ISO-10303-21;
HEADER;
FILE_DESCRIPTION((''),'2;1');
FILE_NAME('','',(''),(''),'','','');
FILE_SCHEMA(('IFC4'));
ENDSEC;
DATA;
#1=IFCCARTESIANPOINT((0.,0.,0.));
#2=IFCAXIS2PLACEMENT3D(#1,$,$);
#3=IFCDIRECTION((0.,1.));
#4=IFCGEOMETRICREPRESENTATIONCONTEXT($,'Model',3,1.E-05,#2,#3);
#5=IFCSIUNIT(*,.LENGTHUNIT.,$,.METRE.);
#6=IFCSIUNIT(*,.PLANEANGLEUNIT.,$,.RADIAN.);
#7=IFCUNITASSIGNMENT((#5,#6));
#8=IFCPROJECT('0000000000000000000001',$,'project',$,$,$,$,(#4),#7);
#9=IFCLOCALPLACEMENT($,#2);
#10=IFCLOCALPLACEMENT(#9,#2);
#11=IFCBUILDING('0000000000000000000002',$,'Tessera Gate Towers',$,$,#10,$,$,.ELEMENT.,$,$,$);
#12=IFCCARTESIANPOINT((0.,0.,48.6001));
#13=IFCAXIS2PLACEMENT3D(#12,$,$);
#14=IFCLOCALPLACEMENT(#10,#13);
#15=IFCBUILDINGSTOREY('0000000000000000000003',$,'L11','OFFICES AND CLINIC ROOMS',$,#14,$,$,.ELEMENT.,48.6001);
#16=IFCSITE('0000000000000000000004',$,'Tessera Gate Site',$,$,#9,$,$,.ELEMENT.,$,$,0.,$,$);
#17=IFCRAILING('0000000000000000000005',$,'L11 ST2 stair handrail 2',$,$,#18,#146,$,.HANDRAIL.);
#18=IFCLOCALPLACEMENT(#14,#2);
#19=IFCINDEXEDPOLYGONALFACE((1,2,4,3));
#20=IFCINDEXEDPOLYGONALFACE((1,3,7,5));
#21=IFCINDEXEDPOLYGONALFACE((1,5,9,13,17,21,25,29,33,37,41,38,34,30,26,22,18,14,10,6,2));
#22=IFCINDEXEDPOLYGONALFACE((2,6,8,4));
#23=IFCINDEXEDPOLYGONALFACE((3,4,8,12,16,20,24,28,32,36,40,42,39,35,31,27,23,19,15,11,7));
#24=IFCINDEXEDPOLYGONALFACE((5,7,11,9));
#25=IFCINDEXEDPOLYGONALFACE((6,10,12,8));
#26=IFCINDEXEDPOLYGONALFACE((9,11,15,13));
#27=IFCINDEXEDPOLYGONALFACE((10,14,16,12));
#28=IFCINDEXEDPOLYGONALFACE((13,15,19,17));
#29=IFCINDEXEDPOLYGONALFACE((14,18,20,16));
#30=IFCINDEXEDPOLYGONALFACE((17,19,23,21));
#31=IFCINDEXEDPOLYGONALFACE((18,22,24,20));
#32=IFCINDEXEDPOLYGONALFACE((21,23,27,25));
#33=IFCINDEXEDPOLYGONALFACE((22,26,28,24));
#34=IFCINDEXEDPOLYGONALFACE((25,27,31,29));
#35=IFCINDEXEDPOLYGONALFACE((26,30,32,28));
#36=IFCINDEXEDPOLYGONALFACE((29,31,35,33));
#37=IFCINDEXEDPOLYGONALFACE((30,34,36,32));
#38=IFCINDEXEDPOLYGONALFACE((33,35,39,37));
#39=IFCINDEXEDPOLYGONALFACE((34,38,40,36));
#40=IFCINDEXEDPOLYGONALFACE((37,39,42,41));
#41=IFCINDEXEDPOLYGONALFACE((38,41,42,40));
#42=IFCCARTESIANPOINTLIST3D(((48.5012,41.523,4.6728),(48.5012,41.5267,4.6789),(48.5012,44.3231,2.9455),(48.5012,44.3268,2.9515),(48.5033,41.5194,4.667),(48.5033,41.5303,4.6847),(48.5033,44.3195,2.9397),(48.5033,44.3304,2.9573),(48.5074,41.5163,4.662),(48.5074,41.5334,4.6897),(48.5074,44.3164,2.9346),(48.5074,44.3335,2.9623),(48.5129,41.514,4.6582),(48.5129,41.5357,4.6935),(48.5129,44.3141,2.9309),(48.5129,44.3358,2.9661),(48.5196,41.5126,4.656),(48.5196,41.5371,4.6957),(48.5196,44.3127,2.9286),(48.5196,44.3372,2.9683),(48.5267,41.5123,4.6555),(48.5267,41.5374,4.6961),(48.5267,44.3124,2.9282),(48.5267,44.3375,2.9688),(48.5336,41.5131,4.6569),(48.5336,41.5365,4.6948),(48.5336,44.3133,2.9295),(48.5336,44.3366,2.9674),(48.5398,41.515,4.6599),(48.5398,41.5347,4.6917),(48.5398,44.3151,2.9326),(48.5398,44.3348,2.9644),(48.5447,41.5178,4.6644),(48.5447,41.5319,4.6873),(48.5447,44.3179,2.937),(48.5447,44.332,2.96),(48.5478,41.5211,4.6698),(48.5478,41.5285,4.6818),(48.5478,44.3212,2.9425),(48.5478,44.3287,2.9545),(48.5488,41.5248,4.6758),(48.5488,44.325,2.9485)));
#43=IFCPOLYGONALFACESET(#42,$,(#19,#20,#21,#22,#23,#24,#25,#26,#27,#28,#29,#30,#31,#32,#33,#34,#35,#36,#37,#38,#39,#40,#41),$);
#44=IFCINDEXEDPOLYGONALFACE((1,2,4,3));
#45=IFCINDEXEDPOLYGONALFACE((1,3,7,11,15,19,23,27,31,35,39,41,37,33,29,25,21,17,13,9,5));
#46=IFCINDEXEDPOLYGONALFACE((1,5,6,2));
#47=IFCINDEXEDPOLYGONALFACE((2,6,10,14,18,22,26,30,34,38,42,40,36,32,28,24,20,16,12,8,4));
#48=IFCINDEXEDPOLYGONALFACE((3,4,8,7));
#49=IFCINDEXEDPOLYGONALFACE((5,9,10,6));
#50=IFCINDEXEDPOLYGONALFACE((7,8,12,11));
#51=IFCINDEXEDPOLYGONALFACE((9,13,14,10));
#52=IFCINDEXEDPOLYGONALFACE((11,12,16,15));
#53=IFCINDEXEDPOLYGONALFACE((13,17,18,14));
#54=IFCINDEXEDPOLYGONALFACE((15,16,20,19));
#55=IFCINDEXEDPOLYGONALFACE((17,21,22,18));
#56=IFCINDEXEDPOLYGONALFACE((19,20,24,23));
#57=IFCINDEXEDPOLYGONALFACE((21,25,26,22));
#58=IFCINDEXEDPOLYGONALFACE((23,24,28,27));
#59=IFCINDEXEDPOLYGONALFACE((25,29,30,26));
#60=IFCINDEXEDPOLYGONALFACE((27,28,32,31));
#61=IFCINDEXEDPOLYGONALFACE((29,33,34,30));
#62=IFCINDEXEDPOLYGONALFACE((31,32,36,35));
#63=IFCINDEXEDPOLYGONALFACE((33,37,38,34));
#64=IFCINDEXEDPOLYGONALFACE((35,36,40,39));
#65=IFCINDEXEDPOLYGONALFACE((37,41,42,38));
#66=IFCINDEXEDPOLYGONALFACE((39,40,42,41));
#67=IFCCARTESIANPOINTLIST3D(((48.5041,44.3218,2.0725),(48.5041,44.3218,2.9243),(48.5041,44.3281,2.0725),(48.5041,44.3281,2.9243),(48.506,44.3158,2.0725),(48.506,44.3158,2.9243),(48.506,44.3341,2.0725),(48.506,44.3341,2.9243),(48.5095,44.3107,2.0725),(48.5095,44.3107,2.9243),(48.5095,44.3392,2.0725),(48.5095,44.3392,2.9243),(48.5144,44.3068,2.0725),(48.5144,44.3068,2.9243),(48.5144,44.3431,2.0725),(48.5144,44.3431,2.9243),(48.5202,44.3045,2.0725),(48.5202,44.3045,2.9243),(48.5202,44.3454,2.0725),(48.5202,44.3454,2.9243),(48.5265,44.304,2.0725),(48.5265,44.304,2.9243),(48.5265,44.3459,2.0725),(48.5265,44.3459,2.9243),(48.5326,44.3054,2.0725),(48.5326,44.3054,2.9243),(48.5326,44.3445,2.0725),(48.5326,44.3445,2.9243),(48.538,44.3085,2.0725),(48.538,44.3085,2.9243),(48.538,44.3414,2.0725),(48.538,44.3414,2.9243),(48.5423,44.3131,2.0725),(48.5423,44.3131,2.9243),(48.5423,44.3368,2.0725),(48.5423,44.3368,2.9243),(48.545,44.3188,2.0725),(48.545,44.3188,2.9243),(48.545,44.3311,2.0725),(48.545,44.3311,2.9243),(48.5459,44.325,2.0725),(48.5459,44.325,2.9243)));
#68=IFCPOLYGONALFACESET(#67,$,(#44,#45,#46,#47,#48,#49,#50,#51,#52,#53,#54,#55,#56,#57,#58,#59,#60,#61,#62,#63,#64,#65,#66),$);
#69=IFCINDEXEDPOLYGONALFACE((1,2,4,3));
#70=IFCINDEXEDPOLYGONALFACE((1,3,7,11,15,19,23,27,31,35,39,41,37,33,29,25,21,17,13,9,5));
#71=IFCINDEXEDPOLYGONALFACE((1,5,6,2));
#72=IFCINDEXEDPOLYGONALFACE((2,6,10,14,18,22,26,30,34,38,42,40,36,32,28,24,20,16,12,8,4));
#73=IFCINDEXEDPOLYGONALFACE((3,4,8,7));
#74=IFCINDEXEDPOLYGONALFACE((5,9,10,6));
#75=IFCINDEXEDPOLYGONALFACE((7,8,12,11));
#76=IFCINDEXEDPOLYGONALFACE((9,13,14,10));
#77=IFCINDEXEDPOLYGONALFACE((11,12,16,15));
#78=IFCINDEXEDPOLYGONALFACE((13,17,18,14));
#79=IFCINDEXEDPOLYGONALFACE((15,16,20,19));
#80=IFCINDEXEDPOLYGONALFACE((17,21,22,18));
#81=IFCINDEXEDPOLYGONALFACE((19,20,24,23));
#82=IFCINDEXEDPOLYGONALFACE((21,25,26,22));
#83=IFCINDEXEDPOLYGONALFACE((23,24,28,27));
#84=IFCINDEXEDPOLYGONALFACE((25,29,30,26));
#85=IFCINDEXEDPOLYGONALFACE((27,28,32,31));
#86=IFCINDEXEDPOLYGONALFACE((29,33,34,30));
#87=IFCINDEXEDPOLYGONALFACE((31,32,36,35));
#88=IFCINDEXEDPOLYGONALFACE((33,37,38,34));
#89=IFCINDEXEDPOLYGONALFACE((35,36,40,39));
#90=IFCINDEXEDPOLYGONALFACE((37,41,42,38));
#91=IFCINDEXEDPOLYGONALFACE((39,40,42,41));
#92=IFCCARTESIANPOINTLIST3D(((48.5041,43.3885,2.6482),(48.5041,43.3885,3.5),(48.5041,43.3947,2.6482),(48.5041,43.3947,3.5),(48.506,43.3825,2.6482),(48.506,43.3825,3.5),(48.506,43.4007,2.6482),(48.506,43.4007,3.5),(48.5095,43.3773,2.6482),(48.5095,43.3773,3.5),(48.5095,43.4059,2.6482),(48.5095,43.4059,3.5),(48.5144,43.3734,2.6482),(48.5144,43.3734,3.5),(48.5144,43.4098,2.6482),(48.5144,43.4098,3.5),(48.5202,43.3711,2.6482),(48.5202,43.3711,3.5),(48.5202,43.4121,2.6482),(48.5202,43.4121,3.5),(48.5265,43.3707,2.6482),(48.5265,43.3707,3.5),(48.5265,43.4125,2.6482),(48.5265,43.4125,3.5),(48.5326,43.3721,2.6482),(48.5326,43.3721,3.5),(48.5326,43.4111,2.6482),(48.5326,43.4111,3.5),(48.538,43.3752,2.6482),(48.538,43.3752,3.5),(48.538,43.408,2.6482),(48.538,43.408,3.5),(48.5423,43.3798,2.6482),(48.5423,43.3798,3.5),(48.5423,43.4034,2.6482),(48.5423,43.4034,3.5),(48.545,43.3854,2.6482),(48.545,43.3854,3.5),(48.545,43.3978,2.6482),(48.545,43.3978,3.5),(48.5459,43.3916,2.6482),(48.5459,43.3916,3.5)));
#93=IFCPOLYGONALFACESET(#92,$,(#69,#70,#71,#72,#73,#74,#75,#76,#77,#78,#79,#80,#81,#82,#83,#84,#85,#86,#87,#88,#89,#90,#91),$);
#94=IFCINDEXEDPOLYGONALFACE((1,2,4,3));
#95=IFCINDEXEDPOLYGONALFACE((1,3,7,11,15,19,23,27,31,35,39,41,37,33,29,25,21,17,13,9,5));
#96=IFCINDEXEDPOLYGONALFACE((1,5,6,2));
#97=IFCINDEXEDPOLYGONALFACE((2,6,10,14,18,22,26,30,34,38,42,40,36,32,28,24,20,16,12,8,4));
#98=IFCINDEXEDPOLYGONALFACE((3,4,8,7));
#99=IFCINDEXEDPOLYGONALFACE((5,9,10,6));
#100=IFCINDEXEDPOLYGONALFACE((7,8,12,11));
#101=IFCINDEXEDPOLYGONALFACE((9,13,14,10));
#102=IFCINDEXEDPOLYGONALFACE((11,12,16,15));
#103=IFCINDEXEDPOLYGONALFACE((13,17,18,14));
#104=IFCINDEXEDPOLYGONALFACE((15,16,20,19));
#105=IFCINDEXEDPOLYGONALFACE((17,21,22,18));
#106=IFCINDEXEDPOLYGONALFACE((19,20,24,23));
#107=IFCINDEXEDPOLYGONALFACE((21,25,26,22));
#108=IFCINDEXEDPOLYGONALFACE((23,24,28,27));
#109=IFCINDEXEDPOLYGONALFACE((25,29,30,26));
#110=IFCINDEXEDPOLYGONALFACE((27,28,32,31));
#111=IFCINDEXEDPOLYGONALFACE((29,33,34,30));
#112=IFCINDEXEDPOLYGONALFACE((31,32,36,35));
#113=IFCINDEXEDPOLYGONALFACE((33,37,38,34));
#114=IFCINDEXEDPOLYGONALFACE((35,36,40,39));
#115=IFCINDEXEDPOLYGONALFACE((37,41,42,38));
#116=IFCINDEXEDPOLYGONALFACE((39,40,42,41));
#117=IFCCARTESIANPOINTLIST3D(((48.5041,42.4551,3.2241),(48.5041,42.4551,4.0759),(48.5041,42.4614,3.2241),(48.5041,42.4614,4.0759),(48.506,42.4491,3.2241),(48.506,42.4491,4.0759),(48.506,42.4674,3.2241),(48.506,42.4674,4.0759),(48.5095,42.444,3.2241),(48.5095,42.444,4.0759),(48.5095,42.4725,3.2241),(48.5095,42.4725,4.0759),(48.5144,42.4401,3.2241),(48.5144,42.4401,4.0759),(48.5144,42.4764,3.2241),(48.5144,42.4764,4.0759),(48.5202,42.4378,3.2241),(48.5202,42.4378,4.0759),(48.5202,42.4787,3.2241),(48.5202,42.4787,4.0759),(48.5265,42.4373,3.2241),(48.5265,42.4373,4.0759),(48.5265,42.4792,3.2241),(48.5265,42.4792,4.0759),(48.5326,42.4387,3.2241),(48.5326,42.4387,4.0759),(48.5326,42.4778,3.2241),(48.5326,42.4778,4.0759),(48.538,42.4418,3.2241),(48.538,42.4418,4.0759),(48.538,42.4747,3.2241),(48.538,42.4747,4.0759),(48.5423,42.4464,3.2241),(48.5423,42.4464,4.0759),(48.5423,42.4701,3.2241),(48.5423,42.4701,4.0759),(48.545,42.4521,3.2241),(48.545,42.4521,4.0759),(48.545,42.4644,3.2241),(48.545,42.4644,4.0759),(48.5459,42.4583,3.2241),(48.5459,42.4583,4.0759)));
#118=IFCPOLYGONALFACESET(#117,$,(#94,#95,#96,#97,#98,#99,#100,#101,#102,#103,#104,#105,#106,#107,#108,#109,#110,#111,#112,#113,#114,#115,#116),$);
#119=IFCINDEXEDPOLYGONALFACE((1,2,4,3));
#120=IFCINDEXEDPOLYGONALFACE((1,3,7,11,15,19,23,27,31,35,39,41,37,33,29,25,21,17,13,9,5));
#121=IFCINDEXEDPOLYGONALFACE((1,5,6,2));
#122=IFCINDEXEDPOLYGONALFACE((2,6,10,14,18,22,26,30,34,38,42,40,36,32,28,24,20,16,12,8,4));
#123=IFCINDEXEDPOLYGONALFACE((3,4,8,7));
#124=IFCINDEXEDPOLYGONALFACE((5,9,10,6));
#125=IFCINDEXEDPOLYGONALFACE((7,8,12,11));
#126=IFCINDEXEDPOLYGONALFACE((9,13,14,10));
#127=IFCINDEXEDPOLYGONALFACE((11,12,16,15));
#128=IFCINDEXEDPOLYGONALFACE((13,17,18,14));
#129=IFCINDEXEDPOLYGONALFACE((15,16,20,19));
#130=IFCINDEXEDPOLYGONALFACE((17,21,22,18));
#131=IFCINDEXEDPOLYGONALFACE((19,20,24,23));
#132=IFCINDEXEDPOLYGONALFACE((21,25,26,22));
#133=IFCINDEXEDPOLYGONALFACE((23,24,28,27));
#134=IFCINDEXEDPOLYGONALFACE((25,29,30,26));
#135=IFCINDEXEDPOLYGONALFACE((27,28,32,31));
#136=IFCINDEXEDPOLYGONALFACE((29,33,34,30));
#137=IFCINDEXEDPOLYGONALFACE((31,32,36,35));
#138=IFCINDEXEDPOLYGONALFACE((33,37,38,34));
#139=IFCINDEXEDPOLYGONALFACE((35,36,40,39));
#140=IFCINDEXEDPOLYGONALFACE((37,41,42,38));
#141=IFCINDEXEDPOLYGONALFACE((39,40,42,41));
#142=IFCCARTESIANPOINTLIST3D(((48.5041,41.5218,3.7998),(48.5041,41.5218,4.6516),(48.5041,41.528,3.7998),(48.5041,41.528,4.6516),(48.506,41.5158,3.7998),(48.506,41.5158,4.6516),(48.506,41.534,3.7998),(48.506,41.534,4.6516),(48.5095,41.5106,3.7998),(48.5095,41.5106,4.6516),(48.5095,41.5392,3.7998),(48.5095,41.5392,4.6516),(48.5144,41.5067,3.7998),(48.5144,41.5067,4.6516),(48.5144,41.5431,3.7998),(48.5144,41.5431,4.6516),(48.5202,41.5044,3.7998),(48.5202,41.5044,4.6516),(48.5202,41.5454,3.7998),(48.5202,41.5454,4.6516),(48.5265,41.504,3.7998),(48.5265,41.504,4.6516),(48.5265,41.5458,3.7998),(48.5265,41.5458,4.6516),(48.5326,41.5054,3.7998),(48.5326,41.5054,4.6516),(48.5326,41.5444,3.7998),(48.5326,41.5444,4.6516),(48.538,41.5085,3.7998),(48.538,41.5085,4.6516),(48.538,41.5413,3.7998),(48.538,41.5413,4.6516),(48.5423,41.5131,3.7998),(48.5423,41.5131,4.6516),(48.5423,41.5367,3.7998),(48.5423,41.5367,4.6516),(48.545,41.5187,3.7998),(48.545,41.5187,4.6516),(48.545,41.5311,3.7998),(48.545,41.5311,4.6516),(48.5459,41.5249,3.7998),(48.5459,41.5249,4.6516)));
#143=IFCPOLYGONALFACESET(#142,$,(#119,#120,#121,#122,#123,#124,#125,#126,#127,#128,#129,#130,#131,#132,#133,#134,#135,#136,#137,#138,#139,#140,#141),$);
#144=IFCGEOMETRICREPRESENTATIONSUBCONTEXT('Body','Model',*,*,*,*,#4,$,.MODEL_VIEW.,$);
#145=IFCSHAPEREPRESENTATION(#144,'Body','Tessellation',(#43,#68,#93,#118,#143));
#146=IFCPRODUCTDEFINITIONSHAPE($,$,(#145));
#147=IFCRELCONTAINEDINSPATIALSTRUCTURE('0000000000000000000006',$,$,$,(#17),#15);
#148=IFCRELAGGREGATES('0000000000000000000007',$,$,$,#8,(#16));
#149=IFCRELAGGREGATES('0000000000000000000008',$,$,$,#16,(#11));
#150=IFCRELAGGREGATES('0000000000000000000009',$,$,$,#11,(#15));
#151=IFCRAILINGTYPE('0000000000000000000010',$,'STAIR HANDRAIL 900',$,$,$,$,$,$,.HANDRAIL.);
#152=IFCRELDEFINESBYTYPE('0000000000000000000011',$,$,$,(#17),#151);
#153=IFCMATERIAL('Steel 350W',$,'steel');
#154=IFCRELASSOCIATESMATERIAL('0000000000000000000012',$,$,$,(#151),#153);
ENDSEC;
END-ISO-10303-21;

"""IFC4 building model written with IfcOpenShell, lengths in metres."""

from ifc_helpers import new_model, si_unit, direction, frame, origin, origin_2d, place, context, subcontext, project, spatial, circle, extrude, material, type_object, element, save


model = new_model("IFC4")

# Units and contexts
model_context = context("Model", 3, precision=1e-05, world=origin(), true_north=direction((0.0, 1.0)))
body_context = subcontext(model_context, "Body", "Model", "MODEL_VIEW")
ifc_project = project(units=[si_unit("LENGTHUNIT", "METRE"), si_unit("PLANEANGLEUNIT", "RADIAN")], contexts=[model_context])

# Site, building, storey
site_placement = place(None, origin())
site = spatial("IfcSite", under=ifc_project, at=site_placement, Name="Tessera Gate Site", CompositionType="ELEMENT", RefElevation=0.0)
building_placement = place(site_placement, origin())
building = spatial("IfcBuilding", under=site, at=building_placement, Name="Tessera Gate Towers", CompositionType="ELEMENT")
storey_placement = place(building_placement, frame((0.0, 0.0, 48.6001)))
storey = spatial("IfcBuildingStorey", under=building, at=storey_placement, Name="L11", Description="OFFICES AND CLINIC ROOMS", CompositionType="ELEMENT", Elevation=48.6001)

# Railing
ifc_material_1 = material(Name="Steel 350W", Category="steel")
railing_type_1 = type_object("IfcRailingType", Name="STAIR HANDRAIL 900", PredefinedType="HANDRAIL", material=ifc_material_1)
railing_1_placement = place(storey_placement, frame((48.5249, 44.325, 2.0725)))
element("IfcRailing", 1, at=railing_1_placement, inside=storey, type_object=railing_type_1, Name="L11 ST2 stair handrail 2", PredefinedType="HANDRAIL", context=body_context, shape_type="SweptSolid", body=[
    extrude(circle(Radius=0.0239, at=origin_2d()), frame((0.0, 0.0, 0.876), z_axis=(0.0, -0.85109, 0.52502), x_axis=(1.0, 0.0, 0.0)), (0.0, 0.0, 1.0), 3.29),
    extrude(circle(Radius=0.021, at=origin_2d()), origin(), (0.0, 0.0, 1.0), 0.8518),
    extrude(circle(Radius=0.021, at=origin_2d()), frame((0.0, -0.9333, 0.5757)), (0.0, 0.0, 1.0), 0.8518),
    extrude(circle(Radius=0.021, at=origin_2d()), frame((0.0, -1.8667, 1.1516)), (0.0, 0.0, 1.0), 0.8518),
    extrude(circle(Radius=0.021, at=origin_2d()), frame((0.0, -2.8, 1.7273)), (0.0, 0.0, 1.0), 0.8518),
])

save(model, "model.ifc")
